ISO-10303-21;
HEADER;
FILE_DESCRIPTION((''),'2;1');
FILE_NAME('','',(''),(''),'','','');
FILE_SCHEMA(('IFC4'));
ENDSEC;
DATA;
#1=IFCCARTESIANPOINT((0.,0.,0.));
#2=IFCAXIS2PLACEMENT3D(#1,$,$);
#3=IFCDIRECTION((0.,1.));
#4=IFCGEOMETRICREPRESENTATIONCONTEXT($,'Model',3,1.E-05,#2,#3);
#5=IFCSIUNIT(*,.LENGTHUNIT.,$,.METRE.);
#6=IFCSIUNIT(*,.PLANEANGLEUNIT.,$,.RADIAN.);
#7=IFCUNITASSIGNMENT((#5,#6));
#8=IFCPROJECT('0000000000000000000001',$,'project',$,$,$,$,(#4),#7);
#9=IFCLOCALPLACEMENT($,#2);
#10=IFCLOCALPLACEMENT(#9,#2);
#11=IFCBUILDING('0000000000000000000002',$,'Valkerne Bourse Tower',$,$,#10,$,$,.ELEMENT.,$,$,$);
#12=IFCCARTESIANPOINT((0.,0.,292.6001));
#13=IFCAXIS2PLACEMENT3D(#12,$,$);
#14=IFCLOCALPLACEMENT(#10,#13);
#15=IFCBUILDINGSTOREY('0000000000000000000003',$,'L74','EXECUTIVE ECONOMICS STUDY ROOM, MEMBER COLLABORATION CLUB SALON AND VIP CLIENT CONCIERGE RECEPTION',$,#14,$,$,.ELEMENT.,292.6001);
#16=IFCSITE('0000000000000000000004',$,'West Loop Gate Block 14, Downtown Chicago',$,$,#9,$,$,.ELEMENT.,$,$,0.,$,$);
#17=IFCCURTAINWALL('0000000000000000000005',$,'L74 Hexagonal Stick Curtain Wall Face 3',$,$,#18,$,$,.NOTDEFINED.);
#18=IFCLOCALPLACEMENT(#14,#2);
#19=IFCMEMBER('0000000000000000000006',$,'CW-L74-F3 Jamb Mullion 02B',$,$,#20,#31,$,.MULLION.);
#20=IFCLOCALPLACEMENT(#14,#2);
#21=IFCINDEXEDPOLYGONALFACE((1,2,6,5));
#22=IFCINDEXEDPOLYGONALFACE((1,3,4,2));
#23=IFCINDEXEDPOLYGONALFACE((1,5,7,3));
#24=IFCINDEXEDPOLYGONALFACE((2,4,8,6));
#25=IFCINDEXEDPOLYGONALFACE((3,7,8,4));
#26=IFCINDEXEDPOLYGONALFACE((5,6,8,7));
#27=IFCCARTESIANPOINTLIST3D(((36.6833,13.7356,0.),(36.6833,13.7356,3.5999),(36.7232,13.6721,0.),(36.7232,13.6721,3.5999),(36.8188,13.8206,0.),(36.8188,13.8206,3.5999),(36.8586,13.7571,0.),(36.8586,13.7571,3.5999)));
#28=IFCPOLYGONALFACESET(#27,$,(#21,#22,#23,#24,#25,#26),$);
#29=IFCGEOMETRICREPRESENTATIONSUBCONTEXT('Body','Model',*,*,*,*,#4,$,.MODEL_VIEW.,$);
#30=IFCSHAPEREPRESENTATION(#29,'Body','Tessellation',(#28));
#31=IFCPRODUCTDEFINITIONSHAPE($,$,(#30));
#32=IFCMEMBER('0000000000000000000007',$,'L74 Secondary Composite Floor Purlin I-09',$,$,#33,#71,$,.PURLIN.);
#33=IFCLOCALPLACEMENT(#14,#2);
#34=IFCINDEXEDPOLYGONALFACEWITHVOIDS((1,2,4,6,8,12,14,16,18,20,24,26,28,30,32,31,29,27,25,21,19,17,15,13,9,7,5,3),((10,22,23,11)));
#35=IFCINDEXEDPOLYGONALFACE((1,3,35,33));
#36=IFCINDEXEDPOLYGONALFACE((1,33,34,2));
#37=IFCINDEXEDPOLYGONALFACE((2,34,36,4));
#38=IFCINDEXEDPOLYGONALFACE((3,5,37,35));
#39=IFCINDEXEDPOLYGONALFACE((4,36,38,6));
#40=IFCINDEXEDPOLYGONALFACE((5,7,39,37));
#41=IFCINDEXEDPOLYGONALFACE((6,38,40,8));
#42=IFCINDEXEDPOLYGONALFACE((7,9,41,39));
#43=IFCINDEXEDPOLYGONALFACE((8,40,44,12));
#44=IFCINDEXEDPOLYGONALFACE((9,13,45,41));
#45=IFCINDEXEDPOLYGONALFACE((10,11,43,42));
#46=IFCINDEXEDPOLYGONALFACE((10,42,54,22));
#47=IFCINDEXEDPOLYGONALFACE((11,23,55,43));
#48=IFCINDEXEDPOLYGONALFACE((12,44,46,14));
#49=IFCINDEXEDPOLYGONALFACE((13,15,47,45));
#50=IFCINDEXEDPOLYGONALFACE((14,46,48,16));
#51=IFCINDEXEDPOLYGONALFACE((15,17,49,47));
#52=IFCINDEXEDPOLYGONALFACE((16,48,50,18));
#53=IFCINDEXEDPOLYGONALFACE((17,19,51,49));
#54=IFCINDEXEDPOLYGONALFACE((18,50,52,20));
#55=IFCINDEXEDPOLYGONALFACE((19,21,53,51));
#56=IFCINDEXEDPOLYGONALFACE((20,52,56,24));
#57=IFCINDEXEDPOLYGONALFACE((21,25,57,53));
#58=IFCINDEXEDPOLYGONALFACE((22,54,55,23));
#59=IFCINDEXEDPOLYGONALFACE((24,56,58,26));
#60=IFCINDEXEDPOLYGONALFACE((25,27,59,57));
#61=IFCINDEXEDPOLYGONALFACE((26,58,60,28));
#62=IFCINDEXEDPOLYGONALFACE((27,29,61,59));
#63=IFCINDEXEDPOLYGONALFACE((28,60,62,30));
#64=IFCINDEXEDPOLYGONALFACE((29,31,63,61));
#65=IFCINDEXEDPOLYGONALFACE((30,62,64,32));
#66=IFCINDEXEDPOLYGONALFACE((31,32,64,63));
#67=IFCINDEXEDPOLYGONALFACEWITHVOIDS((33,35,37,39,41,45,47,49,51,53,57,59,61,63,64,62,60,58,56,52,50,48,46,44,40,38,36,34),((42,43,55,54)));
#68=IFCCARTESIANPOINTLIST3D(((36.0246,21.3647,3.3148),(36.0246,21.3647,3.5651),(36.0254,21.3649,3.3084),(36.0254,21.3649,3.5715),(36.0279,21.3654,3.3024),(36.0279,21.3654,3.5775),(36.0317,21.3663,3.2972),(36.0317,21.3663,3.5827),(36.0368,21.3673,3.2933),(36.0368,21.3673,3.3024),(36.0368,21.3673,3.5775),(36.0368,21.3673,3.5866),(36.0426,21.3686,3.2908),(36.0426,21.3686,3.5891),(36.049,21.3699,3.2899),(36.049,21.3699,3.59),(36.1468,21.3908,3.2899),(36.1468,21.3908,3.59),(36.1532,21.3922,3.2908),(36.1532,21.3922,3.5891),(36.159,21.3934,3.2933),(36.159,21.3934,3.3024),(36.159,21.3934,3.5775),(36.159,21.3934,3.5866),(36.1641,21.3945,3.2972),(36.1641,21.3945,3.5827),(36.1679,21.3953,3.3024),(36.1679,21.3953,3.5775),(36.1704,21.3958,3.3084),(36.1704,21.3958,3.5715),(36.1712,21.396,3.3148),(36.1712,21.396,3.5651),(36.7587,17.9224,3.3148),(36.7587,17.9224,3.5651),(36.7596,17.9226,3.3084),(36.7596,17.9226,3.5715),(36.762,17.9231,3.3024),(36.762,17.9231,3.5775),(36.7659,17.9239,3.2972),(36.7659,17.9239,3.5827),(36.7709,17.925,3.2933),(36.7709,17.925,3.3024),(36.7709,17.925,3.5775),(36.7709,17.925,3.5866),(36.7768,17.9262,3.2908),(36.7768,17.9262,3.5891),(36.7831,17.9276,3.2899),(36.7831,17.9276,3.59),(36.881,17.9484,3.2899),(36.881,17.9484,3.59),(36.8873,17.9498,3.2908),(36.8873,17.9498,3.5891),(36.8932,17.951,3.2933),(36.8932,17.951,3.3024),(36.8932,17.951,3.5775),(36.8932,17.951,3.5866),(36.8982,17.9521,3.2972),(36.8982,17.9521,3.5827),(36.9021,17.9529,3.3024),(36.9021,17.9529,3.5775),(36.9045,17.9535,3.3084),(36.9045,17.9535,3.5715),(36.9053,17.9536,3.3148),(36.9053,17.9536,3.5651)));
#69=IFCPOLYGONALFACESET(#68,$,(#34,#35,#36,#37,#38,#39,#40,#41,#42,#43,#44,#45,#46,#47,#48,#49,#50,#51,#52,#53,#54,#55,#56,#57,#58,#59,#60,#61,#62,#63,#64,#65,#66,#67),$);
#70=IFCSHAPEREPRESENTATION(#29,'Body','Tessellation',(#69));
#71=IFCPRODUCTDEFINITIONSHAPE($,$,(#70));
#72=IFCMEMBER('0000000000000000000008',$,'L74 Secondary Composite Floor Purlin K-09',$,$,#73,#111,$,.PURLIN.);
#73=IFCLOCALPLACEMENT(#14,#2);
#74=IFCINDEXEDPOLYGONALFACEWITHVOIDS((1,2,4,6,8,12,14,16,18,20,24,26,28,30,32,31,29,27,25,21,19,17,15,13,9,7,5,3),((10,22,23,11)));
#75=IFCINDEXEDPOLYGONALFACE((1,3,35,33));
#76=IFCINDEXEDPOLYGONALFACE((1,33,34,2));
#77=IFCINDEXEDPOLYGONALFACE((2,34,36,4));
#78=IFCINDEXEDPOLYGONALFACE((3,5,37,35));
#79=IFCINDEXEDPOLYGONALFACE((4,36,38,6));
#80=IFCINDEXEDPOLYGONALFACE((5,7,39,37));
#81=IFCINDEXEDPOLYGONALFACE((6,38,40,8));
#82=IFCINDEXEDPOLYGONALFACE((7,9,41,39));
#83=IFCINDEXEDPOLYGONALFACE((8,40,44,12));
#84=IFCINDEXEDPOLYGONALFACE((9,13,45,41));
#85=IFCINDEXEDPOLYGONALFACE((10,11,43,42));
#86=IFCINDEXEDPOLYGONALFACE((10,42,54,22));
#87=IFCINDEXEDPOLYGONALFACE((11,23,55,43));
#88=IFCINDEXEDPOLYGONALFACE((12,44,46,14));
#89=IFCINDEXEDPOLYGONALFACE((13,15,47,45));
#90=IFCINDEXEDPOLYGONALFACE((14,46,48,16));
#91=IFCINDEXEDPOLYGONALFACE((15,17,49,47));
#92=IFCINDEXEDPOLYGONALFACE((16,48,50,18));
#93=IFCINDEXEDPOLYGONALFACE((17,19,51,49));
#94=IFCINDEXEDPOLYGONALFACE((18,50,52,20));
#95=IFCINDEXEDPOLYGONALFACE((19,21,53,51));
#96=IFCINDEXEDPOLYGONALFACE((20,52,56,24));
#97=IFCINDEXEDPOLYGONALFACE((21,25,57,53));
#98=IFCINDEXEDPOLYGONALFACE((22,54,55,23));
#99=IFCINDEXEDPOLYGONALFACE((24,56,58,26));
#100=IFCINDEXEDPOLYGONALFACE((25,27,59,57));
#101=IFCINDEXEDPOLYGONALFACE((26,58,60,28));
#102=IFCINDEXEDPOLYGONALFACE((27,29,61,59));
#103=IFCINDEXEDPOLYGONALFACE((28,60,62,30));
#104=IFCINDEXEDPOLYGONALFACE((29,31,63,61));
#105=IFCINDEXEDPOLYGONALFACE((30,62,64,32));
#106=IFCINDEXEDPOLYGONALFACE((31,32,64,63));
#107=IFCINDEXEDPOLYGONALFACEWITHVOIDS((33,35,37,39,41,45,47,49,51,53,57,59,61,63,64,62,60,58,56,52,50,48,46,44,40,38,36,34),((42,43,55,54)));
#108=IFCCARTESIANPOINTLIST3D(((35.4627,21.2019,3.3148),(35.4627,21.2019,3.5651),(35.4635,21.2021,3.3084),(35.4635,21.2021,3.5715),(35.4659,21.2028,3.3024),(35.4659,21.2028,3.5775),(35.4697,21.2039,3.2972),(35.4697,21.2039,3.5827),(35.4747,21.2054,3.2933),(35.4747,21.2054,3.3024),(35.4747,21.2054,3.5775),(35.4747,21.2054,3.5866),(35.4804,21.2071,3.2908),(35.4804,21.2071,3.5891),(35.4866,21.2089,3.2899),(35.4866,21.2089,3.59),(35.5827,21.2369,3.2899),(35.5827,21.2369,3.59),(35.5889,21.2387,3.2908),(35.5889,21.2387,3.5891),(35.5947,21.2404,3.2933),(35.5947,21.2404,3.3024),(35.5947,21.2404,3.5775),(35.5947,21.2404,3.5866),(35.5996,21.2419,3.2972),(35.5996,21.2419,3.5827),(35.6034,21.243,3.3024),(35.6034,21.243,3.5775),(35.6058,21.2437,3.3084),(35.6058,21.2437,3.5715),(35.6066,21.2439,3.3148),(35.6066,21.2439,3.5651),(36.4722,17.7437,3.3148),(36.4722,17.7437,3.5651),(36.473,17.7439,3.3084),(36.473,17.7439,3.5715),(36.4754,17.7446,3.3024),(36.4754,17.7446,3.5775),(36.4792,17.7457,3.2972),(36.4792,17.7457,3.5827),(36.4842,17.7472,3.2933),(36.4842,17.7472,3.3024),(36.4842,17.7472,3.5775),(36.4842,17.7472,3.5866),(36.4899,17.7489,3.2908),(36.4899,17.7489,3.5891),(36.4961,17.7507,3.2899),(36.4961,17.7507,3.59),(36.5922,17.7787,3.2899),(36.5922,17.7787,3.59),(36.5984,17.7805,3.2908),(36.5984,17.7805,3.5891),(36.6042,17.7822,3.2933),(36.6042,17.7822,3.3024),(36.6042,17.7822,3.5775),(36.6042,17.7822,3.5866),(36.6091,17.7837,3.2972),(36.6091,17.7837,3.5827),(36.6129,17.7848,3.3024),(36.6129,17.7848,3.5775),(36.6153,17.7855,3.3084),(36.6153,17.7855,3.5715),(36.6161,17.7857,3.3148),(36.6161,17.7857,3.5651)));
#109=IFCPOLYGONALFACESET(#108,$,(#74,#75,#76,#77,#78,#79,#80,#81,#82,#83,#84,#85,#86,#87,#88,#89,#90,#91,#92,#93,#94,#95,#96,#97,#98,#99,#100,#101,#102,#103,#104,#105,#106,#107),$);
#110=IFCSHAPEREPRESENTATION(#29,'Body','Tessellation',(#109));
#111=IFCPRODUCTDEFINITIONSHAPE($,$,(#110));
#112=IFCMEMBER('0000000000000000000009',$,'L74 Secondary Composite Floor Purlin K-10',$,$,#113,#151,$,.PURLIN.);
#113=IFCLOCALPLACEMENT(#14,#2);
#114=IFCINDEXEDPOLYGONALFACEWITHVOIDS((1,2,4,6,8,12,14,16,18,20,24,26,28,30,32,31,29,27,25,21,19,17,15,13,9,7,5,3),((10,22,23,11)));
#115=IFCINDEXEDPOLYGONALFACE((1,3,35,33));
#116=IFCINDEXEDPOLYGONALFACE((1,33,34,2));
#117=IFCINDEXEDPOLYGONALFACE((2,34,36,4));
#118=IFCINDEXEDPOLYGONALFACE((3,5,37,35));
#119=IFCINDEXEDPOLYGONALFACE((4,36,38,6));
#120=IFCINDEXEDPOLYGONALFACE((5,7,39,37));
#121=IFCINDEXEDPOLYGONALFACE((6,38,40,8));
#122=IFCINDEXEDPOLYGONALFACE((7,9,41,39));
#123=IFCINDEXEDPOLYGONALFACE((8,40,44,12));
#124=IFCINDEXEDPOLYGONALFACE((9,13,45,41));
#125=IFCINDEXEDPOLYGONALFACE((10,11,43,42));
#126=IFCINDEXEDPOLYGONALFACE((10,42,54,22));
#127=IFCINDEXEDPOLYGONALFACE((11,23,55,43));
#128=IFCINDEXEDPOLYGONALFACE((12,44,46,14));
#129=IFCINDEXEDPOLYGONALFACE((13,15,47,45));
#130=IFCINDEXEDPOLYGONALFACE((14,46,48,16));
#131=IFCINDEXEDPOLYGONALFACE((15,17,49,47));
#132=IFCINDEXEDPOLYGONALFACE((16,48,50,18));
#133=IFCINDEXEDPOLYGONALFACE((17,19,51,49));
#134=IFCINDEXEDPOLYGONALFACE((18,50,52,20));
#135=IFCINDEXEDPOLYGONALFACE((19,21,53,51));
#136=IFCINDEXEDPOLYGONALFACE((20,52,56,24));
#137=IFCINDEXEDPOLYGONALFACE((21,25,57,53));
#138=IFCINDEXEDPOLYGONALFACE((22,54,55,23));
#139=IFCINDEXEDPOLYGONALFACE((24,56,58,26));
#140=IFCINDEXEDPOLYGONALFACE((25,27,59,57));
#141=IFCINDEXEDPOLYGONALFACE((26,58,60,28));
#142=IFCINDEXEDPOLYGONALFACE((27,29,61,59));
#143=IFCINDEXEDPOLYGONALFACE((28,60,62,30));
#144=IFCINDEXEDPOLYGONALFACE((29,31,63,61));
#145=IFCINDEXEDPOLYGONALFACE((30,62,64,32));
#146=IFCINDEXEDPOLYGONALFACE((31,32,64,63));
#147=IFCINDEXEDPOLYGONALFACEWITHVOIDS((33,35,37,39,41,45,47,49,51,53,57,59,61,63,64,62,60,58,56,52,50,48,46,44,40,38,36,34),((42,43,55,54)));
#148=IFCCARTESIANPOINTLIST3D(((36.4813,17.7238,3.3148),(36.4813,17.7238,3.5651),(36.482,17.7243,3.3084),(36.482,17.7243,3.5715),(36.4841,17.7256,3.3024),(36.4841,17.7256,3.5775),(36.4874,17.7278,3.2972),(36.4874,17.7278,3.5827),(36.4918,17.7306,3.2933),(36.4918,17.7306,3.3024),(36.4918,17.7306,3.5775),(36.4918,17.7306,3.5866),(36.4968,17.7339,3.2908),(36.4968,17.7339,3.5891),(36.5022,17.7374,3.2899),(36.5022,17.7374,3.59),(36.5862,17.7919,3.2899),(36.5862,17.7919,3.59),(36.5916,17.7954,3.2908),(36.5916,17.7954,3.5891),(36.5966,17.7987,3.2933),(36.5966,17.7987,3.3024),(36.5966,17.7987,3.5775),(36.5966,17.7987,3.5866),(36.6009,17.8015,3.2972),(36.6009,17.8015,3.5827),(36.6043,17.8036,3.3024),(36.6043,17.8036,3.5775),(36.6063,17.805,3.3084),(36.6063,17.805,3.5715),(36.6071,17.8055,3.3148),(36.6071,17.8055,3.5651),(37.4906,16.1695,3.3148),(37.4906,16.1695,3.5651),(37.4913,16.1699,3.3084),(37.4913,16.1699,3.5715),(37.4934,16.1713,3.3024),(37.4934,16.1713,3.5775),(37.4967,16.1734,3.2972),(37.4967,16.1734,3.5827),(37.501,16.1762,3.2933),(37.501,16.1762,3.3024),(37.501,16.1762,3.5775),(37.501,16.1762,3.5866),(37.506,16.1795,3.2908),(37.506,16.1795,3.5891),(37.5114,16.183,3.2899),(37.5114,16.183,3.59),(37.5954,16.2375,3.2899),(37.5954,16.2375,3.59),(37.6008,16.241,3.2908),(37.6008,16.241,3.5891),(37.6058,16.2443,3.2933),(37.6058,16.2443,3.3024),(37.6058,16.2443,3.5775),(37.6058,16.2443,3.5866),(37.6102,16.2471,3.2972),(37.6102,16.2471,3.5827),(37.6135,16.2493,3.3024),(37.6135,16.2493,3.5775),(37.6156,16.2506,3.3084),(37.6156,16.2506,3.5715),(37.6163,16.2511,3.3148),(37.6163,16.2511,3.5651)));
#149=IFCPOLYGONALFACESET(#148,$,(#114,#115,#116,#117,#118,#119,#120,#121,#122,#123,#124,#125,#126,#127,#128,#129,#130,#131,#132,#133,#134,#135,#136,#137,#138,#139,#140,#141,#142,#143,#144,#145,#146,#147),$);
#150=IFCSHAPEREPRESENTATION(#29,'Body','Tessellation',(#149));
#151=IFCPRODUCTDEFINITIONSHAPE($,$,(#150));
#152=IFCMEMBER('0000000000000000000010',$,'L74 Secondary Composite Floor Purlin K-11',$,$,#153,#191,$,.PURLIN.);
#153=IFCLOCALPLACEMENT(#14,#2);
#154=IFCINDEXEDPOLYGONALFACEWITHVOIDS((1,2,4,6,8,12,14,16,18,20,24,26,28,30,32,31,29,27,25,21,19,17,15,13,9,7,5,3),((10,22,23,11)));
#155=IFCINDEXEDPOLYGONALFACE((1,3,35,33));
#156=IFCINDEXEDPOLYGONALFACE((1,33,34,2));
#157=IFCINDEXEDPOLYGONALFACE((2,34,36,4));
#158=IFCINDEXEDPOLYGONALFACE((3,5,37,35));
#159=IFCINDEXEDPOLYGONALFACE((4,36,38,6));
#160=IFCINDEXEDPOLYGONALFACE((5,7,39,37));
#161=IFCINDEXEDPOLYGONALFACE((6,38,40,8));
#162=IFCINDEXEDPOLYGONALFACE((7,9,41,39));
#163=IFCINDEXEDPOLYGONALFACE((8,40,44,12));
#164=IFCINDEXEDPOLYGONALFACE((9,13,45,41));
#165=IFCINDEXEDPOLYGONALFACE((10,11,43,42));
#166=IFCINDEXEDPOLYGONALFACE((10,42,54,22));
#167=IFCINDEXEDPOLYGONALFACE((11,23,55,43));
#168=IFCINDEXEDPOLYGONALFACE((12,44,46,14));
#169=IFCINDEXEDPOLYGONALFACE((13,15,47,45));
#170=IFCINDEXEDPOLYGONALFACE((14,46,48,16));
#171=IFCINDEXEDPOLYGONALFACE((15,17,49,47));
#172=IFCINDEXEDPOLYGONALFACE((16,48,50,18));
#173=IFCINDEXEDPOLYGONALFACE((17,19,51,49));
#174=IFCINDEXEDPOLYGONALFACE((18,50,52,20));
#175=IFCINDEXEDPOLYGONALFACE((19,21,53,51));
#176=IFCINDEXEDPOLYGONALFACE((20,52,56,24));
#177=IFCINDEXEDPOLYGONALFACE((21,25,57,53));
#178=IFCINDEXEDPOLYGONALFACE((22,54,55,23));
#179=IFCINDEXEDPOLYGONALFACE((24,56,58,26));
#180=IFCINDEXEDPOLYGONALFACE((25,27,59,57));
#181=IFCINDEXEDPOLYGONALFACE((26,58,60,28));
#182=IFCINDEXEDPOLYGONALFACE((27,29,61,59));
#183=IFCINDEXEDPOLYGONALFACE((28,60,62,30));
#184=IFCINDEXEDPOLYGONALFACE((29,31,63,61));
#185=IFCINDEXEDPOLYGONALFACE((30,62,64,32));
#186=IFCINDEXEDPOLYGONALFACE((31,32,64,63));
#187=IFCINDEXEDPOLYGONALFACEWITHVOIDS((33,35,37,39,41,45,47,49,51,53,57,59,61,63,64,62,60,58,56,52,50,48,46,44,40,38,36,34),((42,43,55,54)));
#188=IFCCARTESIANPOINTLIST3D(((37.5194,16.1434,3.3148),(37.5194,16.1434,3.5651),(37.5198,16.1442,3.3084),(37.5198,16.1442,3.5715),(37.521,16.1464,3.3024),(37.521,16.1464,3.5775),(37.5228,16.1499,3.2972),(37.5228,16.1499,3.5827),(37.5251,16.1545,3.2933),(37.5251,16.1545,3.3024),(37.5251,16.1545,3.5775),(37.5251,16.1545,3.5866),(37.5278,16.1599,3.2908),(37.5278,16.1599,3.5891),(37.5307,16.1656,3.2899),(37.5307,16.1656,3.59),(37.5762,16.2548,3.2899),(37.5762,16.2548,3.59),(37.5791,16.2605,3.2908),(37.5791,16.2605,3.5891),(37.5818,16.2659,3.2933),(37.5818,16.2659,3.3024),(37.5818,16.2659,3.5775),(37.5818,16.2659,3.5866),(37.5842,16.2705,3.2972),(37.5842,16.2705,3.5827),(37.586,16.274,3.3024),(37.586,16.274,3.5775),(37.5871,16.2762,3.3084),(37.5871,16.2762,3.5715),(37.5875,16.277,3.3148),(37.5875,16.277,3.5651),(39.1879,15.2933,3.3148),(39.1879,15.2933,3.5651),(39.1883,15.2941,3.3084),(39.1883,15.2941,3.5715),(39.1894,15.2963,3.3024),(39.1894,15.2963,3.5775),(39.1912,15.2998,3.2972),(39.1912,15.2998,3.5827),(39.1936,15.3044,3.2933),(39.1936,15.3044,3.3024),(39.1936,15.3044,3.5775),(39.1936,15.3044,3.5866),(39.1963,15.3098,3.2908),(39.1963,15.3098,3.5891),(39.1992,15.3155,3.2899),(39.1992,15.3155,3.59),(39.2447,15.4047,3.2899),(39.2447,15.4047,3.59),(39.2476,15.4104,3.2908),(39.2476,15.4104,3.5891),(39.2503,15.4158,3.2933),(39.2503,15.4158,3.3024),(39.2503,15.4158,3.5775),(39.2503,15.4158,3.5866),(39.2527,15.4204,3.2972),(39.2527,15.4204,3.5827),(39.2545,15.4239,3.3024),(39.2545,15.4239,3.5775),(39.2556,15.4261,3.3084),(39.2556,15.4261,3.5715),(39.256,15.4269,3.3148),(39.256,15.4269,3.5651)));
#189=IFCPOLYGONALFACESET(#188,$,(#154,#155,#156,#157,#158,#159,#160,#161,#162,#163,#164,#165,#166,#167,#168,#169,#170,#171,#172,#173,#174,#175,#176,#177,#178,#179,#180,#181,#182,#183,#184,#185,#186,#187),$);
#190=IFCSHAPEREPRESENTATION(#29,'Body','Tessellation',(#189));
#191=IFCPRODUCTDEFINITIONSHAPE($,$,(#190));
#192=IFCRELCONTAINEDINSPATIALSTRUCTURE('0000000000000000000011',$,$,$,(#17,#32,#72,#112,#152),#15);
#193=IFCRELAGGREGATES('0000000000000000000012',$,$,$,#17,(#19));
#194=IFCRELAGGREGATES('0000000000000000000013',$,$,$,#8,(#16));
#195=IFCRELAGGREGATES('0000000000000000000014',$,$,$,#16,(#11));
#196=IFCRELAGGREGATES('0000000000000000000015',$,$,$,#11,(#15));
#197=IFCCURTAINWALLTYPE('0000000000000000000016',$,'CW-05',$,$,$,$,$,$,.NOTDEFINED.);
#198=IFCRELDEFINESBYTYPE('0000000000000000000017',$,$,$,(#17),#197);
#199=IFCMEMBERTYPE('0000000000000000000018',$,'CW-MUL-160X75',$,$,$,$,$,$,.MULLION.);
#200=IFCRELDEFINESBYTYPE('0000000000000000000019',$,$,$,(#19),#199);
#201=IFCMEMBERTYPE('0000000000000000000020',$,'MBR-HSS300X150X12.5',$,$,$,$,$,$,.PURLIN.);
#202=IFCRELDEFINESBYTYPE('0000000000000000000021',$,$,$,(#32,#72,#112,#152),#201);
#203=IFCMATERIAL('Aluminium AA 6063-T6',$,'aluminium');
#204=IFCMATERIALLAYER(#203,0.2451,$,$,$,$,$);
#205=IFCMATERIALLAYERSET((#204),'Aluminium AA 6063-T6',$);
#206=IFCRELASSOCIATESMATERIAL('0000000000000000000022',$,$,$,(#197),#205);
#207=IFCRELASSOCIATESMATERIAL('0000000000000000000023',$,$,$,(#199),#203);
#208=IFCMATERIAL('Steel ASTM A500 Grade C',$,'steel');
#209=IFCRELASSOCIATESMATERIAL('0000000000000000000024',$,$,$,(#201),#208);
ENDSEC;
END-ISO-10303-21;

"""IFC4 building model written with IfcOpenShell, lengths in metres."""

from ifc_helpers import new_model, si_unit, direction, frame, origin, origin_2d, place, context, subcontext, project, spatial, rectangle, hollow_rectangle, extrude, material, layer, layer_set, material_profile, profile_set, type_object, element, aggregate, save


model = new_model("IFC4")

# Units and contexts
model_context = context("Model", 3, precision=1e-05, world=origin(), true_north=direction((0.0, 1.0)))
body_context = subcontext(model_context, "Body", "Model", "MODEL_VIEW")
ifc_project = project(units=[si_unit("LENGTHUNIT", "METRE"), si_unit("PLANEANGLEUNIT", "RADIAN")], contexts=[model_context])

# Site, building, storey
site_placement = place(None, origin())
site = spatial("IfcSite", under=ifc_project, at=site_placement, Name="West Loop Gate Block 14, Downtown Chicago", CompositionType="ELEMENT", RefElevation=0.0)
building_placement = place(site_placement, origin())
building = spatial("IfcBuilding", under=site, at=building_placement, Name="Valkerne Bourse Tower", CompositionType="ELEMENT")
storey_placement = place(building_placement, frame((0.0, 0.0, 292.6001)))
storey = spatial("IfcBuildingStorey", under=building, at=storey_placement, Name="L74", Description="EXECUTIVE ECONOMICS STUDY ROOM, MEMBER COLLABORATION CLUB SALON AND VIP CLIENT CONCIERGE RECEPTION", CompositionType="ELEMENT", Elevation=292.6001)

# Curtain wall, member
ifc_material_1 = material(Name="Aluminium AA 6063-T6", Category="aluminium")
ifc_layer_1 = layer(ifc_material_1, 0.2451)
ifc_layer_set_1 = layer_set([ifc_layer_1], Name="Aluminium AA 6063-T6")
curtain_wall_type = type_object("IfcCurtainWallType", Name="CW-05", PredefinedType="NOTDEFINED", material=ifc_layer_set_1)
curtain_wall_placement = place(storey_placement, origin())
curtain_wall = element("IfcCurtainWall", 1, at=curtain_wall_placement, inside=storey, type_object=curtain_wall_type, Name="L74 Hexagonal Stick Curtain Wall Face 3", PredefinedType="NOTDEFINED")
ifc_material_profile_1 = material_profile(ifc_material_1, rectangle(XDim=0.075, YDim=0.1599, at=origin_2d()), Name="CWM-75X160")
ifc_profile_set_1 = profile_set([ifc_material_profile_1], Name="Aluminium AA 6063-T6")
member_type_1 = type_object("IfcMemberType", Name="CW-MUL-160X75", PredefinedType="MULLION", material=ifc_profile_set_1)
member_1_placement = place(storey_placement, frame((36.771, 13.7463, 0.0), z_axis=(0.0, 0.0, 1.0), x_axis=(0.531405, -0.847118, 0.0)))
member_1 = element("IfcMember", 2, at=member_1_placement, type_object=member_type_1, Name="CW-L74-F3 Jamb Mullion 02B", PredefinedType="MULLION", context=body_context, shape_type="SweptSolid", body=[
    extrude(rectangle(XDim=0.075, YDim=0.1599, at=origin_2d()), origin(), (0.0, 0.0, 1.0), 3.5999),
])

# Members
ifc_material_2 = material(Name="Steel ASTM A500 Grade C", Category="steel")
ifc_material_profile_2 = material_profile(ifc_material_2, hollow_rectangle(XDim=0.1499, YDim=0.3, WallThickness=0.0125, OuterFilletRadius=0.0249, at=origin_2d()), Name="HSS300X150X12.5")
ifc_profile_set_2 = profile_set([ifc_material_profile_2], Name="Steel ASTM A500 Grade C")
member_type_2 = type_object("IfcMemberType", Name="MBR-HSS300X150X12.5", PredefinedType="PURLIN", material=ifc_profile_set_2)
member_2_placement = place(storey_placement, frame((36.0979, 21.3804, 3.4399), z_axis=(0.208572, -0.978007, 0.0), x_axis=(0.978007, 0.208572, 0.0)))
element("IfcMember", 3, at=member_2_placement, inside=storey, type_object=member_type_2, Name="L74 Secondary Composite Floor Purlin I-09", PredefinedType="PURLIN", context=body_context, shape_type="SweptSolid", body=[
    extrude(hollow_rectangle(XDim=0.1499, YDim=0.3, WallThickness=0.0125, OuterFilletRadius=0.0249, at=origin_2d()), origin(), (0.0, 0.0, 1.0), 3.5198),
])
member_3_placement = place(storey_placement, frame((35.5347, 21.2229, 3.4399), z_axis=(0.280221, -0.959935, 0.0), x_axis=(0.959935, 0.280221, 0.0)))
element("IfcMember", 4, at=member_3_placement, inside=storey, type_object=member_type_2, Name="L74 Secondary Composite Floor Purlin K-09", PredefinedType="PURLIN", context=body_context, shape_type="SweptSolid", body=[
    extrude(hollow_rectangle(XDim=0.1499, YDim=0.3, WallThickness=0.0125, OuterFilletRadius=0.0249, at=origin_2d()), origin(), (0.0, 0.0, 1.0), 3.6025),
])
member_4_placement = place(storey_placement, frame((36.5442, 17.7646, 3.4399), z_axis=(0.544567, -0.838717, 0.0), x_axis=(0.838717, 0.544567, 0.0)))
element("IfcMember", 5, at=member_4_placement, inside=storey, type_object=member_type_2, Name="L74 Secondary Composite Floor Purlin K-10", PredefinedType="PURLIN", context=body_context, shape_type="SweptSolid", body=[
    extrude(hollow_rectangle(XDim=0.1499, YDim=0.3, WallThickness=0.0125, OuterFilletRadius=0.0249, at=origin_2d()), origin(), (0.0, 0.0, 1.0), 1.8533),
])
member_5_placement = place(storey_placement, frame((37.5535, 16.2102, 3.4399), z_axis=(0.891012, -0.45398, 0.0), x_axis=(0.45398, 0.891012, 0.0)))
element("IfcMember", 6, at=member_5_placement, inside=storey, type_object=member_type_2, Name="L74 Secondary Composite Floor Purlin K-11", PredefinedType="PURLIN", context=body_context, shape_type="SweptSolid", body=[
    extrude(hollow_rectangle(XDim=0.1499, YDim=0.3, WallThickness=0.0125, OuterFilletRadius=0.0249, at=origin_2d()), origin(), (0.0, 0.0, 1.0), 1.8726),
])

aggregate(curtain_wall, [member_1])

save(model, "model.ifc")
